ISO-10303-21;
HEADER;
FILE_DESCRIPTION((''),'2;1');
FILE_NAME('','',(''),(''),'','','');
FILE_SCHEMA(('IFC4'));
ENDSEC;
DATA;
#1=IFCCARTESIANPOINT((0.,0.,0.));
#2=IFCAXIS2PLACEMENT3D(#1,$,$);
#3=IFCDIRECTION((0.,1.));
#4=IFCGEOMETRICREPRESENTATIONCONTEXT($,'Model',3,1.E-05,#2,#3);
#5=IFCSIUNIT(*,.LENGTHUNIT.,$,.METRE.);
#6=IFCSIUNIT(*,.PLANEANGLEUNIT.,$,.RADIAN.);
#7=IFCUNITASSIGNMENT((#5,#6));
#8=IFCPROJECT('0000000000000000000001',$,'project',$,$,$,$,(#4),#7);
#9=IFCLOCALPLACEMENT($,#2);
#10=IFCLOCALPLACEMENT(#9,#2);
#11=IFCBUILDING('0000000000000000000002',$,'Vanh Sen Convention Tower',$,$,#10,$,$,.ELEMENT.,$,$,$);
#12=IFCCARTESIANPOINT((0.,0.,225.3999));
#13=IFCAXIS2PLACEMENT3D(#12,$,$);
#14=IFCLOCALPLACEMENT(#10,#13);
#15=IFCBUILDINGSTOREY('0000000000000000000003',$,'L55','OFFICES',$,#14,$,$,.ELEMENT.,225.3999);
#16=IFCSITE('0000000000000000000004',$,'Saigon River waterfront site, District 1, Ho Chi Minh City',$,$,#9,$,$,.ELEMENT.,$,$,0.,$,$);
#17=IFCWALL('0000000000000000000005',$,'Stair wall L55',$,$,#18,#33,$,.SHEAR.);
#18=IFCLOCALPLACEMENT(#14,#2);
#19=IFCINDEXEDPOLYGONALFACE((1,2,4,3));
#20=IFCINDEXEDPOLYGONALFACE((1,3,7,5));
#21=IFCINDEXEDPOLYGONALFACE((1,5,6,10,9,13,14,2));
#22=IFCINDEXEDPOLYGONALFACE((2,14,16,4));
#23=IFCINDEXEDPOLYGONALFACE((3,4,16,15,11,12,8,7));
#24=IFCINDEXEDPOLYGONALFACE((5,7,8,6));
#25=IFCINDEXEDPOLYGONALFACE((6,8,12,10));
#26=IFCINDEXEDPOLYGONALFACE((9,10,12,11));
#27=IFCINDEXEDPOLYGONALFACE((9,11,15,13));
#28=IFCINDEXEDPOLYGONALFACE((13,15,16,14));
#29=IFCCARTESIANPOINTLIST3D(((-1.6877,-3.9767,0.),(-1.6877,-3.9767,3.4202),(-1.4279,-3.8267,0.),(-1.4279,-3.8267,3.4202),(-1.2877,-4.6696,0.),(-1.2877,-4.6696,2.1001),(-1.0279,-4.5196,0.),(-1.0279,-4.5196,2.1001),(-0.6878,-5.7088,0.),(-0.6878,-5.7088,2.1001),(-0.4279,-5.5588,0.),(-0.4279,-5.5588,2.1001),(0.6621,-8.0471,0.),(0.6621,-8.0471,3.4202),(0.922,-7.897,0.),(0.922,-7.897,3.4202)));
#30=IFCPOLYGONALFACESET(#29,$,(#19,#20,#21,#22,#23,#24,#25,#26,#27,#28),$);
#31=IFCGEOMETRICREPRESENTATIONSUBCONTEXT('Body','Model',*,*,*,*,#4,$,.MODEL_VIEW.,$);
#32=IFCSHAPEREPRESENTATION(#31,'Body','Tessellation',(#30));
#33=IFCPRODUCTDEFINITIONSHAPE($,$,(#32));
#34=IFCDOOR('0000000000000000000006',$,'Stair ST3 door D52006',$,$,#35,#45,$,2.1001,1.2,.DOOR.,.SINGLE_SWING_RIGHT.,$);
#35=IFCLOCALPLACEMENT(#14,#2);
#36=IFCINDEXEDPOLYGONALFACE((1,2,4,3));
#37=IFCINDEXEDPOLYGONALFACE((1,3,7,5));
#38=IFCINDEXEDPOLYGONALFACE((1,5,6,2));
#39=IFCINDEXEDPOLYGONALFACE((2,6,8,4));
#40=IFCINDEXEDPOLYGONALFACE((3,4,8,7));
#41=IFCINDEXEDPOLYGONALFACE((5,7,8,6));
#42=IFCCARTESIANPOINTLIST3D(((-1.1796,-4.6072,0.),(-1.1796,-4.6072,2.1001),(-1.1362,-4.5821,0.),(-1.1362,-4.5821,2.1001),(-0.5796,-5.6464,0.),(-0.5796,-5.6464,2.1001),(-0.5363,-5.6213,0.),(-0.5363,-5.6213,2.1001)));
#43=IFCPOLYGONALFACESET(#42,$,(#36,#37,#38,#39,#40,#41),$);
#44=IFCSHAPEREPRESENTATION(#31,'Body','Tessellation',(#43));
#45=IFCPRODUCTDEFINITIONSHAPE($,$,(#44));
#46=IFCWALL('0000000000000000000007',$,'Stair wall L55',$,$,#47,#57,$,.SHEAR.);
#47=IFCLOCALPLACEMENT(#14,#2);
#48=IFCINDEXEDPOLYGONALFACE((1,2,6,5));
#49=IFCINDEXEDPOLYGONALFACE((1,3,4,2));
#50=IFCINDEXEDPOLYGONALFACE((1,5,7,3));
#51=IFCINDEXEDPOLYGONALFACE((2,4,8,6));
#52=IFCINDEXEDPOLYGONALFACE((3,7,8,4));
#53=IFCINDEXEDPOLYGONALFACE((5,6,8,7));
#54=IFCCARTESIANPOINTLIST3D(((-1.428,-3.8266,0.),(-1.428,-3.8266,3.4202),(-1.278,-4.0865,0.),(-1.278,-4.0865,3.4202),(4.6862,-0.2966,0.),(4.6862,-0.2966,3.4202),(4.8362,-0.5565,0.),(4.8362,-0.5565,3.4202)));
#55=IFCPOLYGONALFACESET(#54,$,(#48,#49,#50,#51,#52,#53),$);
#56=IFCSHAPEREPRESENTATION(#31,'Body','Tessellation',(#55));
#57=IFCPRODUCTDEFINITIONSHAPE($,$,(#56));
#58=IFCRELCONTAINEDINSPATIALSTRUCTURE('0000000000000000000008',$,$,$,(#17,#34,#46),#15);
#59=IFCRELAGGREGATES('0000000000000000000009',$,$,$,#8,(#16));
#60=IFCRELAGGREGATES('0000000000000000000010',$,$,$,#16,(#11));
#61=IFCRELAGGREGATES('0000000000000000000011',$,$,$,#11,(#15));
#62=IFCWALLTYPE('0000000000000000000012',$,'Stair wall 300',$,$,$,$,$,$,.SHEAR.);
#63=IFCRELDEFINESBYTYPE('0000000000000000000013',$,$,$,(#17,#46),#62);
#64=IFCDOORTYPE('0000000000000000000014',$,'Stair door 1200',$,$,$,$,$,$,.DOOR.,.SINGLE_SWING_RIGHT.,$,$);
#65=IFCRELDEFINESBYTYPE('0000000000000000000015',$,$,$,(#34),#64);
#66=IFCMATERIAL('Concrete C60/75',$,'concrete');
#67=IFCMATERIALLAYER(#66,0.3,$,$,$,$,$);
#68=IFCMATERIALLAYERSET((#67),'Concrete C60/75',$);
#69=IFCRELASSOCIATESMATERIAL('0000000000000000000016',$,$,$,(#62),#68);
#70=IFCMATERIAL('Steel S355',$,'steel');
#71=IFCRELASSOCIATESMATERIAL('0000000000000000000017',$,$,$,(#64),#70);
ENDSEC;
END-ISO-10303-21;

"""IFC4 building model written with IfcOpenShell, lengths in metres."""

from ifc_helpers import new_model, si_unit, direction, frame, frame_2d, origin, place, context, subcontext, project, spatial, rectangle, extrude, material, layer, layer_set, type_object, element, fill, save


model = new_model("IFC4")

# Units and contexts
model_context = context("Model", 3, precision=1e-05, world=origin(), true_north=direction((0.0, 1.0)))
body_context = subcontext(model_context, "Body", "Model", "MODEL_VIEW")
ifc_project = project(units=[si_unit("LENGTHUNIT", "METRE"), si_unit("PLANEANGLEUNIT", "RADIAN")], contexts=[model_context])

# Site, building, storey
site_placement = place(None, origin())
site = spatial("IfcSite", under=ifc_project, at=site_placement, Name="Saigon River waterfront site, District 1, Ho Chi Minh City", CompositionType="ELEMENT", RefElevation=0.0)
building_placement = place(site_placement, origin())
building = spatial("IfcBuilding", under=site, at=building_placement, Name="Vanh Sen Convention Tower", CompositionType="ELEMENT")
storey_placement = place(building_placement, frame((0.0, 0.0, 225.3999)))
storey = spatial("IfcBuildingStorey", under=building, at=storey_placement, Name="L55", Description="OFFICES", CompositionType="ELEMENT", Elevation=225.3999)

# Shared definitions
ifc_material_1 = material(Name="Concrete C60/75", Category="concrete")
ifc_material_2 = material(Name="Steel S355", Category="steel")

# Shared definitions
ifc_layer_1 = layer(ifc_material_1, 0.3)
ifc_layer_set_1 = layer_set([ifc_layer_1], Name="Concrete C60/75")
wall_type_1 = type_object("IfcWallType", Name="Stair wall 300", PredefinedType="SHEAR", material=ifc_layer_set_1)

# Wall, opening, door
wall_1_placement = place(storey_placement, frame((-1.5579, -3.9016, 0.0), z_axis=(0.0, 0.0, 1.0), x_axis=(0.499977, -0.866039, 0.0)))
wall_1 = element("IfcWall", 1, at=wall_1_placement, inside=storey, type_object=wall_type_1, Name="Stair wall L55", PredefinedType="SHEAR", context=body_context, shape_type="SweptSolid", body=[
    extrude(rectangle(XDim=4.7, YDim=0.3, at=frame_2d((2.3501, 0.0))), origin(), (0.0, 0.0, 1.0), 3.4202),
])
opening_1_placement = place(wall_1_placement, frame((0.8, 0.0, 0.0)))
opening_1 = element("IfcOpeningElement", 2, at=opening_1_placement, cuts=wall_1, PredefinedType="OPENING", context=body_context, shape_type="SweptSolid", body=[
    extrude(rectangle(XDim=1.2, YDim=2.1001, at=frame_2d((0.6001, 1.05))), frame((0.0, 0.1599, 0.0), z_axis=(0.0, -1.0, 0.0), x_axis=(1.0, 0.0, 0.0)), (0.0, 0.0, 1.0), 0.3201),
])
door_type_1 = type_object("IfcDoorType", Name="Stair door 1200", OperationType="SINGLE_SWING_RIGHT", PredefinedType="DOOR", material=ifc_material_2)
door_1_placement = place(opening_1_placement, origin())
door_1 = element("IfcDoor", 3, at=door_1_placement, inside=storey, type_object=door_type_1, Name="Stair ST3 door D52006", OperationType="SINGLE_SWING_RIGHT", OverallHeight=2.1001, OverallWidth=1.2, PredefinedType="DOOR", context=body_context, shape_type="SweptSolid", body=[
    extrude(rectangle(XDim=1.2, YDim=2.1001, at=frame_2d((0.6001, 1.05))), frame((0.0, 0.0249, 0.0), z_axis=(0.0, -1.0, 0.0), x_axis=(1.0, 0.0, 0.0)), (0.0, 0.0, 1.0), 0.05),
])
fill(opening_1, door_1)

# Wall
wall_2_placement = place(storey_placement, frame((-1.353, -3.9565, 0.0), z_axis=(0.0, 0.0, 1.0), x_axis=(0.866028, 0.499996, 0.0)))
element("IfcWall", 4, at=wall_2_placement, inside=storey, type_object=wall_type_1, Name="Stair wall L55", PredefinedType="SHEAR", context=body_context, shape_type="SweptSolid", body=[
    extrude(rectangle(XDim=7.0601, YDim=0.3, at=frame_2d((3.53, 0.0))), origin(), (0.0, 0.0, 1.0), 3.4202),
])

save(model, "model.ifc")
